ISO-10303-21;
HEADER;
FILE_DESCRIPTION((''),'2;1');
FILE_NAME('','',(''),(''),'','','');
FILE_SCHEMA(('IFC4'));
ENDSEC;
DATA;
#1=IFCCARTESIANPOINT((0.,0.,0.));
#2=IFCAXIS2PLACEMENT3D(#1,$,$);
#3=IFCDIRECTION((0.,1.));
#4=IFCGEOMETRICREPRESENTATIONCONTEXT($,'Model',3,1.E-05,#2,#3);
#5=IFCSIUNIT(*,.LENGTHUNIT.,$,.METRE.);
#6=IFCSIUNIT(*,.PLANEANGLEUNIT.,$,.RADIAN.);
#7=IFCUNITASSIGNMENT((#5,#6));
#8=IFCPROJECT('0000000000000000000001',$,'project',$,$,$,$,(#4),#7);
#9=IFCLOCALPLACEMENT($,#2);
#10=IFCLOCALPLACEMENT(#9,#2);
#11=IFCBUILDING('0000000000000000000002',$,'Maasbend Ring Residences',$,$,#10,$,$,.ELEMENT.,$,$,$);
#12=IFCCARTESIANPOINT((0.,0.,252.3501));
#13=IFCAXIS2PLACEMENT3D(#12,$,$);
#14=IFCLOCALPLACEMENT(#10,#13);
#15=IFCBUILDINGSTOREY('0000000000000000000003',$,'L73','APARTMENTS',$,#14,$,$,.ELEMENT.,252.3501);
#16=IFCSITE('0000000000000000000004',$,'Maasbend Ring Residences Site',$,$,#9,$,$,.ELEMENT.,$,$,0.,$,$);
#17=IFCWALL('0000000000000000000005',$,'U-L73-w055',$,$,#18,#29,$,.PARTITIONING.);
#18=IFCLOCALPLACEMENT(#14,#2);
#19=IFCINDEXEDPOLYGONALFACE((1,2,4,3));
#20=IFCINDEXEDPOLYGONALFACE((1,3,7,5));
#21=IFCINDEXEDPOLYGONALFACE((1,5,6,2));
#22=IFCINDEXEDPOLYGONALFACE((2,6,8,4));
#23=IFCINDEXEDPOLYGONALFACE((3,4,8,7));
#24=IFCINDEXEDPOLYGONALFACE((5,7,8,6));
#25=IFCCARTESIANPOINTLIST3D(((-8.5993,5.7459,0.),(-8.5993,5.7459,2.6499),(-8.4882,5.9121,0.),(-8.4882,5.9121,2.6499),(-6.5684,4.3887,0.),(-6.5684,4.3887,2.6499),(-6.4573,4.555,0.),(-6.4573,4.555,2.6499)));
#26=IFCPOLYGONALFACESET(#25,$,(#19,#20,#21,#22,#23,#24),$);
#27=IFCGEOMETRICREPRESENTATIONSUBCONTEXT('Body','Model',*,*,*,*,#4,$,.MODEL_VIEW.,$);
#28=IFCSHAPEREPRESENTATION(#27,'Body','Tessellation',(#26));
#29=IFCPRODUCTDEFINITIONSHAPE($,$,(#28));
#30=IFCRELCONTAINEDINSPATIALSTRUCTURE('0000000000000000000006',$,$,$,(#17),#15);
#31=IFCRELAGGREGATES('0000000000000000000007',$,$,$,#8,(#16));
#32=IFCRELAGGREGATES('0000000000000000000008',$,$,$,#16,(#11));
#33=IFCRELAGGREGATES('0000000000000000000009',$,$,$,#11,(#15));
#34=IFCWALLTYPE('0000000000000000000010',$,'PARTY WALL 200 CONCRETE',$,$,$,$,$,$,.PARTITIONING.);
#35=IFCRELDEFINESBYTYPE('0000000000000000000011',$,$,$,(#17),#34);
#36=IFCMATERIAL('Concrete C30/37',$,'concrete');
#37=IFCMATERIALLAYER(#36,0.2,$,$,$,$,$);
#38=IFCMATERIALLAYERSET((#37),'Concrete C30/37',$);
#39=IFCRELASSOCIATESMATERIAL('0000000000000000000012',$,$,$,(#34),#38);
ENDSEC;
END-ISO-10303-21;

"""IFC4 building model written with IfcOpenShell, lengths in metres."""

from ifc_helpers import new_model, si_unit, direction, frame, frame_2d, origin, place, context, subcontext, project, spatial, rectangle, extrude, material, layer, layer_set, type_object, element, save


model = new_model("IFC4")

# Units and contexts
model_context = context("Model", 3, precision=1e-05, world=origin(), true_north=direction((0.0, 1.0)))
body_context = subcontext(model_context, "Body", "Model", "MODEL_VIEW")
ifc_project = project(units=[si_unit("LENGTHUNIT", "METRE"), si_unit("PLANEANGLEUNIT", "RADIAN")], contexts=[model_context])

# Site, building, storey
site_placement = place(None, origin())
site = spatial("IfcSite", under=ifc_project, at=site_placement, Name="Maasbend Ring Residences Site", CompositionType="ELEMENT", RefElevation=0.0)
building_placement = place(site_placement, origin())
building = spatial("IfcBuilding", under=site, at=building_placement, Name="Maasbend Ring Residences", CompositionType="ELEMENT")
storey_placement = place(building_placement, frame((0.0, 0.0, 252.3501)))
storey = spatial("IfcBuildingStorey", under=building, at=storey_placement, Name="L73", Description="APARTMENTS", CompositionType="ELEMENT", Elevation=252.3501)

# Wall
ifc_material_1 = material(Name="Concrete C30/37", Category="concrete")
ifc_layer_1 = layer(ifc_material_1, 0.2)
ifc_layer_set_1 = layer_set([ifc_layer_1], Name="Concrete C30/37")
wall_type = type_object("IfcWallType", Name="PARTY WALL 200 CONCRETE", PredefinedType="PARTITIONING", material=ifc_layer_set_1)
wall_placement = place(storey_placement, frame((-6.5129, 4.4719, 0.0), z_axis=(0.0, 0.0, 1.0), x_axis=(-0.83145, 0.555599, 0.0)))
element("IfcWall", 1, at=wall_placement, inside=storey, type_object=wall_type, Name="U-L73-w055", PredefinedType="PARTITIONING", context=body_context, shape_type="SweptSolid", body=[
    extrude(rectangle(XDim=2.4426, YDim=0.2, at=frame_2d((1.2212, 0.0))), origin(), (0.0, 0.0, 1.0), 2.6499),
])

save(model, "model.ifc")
